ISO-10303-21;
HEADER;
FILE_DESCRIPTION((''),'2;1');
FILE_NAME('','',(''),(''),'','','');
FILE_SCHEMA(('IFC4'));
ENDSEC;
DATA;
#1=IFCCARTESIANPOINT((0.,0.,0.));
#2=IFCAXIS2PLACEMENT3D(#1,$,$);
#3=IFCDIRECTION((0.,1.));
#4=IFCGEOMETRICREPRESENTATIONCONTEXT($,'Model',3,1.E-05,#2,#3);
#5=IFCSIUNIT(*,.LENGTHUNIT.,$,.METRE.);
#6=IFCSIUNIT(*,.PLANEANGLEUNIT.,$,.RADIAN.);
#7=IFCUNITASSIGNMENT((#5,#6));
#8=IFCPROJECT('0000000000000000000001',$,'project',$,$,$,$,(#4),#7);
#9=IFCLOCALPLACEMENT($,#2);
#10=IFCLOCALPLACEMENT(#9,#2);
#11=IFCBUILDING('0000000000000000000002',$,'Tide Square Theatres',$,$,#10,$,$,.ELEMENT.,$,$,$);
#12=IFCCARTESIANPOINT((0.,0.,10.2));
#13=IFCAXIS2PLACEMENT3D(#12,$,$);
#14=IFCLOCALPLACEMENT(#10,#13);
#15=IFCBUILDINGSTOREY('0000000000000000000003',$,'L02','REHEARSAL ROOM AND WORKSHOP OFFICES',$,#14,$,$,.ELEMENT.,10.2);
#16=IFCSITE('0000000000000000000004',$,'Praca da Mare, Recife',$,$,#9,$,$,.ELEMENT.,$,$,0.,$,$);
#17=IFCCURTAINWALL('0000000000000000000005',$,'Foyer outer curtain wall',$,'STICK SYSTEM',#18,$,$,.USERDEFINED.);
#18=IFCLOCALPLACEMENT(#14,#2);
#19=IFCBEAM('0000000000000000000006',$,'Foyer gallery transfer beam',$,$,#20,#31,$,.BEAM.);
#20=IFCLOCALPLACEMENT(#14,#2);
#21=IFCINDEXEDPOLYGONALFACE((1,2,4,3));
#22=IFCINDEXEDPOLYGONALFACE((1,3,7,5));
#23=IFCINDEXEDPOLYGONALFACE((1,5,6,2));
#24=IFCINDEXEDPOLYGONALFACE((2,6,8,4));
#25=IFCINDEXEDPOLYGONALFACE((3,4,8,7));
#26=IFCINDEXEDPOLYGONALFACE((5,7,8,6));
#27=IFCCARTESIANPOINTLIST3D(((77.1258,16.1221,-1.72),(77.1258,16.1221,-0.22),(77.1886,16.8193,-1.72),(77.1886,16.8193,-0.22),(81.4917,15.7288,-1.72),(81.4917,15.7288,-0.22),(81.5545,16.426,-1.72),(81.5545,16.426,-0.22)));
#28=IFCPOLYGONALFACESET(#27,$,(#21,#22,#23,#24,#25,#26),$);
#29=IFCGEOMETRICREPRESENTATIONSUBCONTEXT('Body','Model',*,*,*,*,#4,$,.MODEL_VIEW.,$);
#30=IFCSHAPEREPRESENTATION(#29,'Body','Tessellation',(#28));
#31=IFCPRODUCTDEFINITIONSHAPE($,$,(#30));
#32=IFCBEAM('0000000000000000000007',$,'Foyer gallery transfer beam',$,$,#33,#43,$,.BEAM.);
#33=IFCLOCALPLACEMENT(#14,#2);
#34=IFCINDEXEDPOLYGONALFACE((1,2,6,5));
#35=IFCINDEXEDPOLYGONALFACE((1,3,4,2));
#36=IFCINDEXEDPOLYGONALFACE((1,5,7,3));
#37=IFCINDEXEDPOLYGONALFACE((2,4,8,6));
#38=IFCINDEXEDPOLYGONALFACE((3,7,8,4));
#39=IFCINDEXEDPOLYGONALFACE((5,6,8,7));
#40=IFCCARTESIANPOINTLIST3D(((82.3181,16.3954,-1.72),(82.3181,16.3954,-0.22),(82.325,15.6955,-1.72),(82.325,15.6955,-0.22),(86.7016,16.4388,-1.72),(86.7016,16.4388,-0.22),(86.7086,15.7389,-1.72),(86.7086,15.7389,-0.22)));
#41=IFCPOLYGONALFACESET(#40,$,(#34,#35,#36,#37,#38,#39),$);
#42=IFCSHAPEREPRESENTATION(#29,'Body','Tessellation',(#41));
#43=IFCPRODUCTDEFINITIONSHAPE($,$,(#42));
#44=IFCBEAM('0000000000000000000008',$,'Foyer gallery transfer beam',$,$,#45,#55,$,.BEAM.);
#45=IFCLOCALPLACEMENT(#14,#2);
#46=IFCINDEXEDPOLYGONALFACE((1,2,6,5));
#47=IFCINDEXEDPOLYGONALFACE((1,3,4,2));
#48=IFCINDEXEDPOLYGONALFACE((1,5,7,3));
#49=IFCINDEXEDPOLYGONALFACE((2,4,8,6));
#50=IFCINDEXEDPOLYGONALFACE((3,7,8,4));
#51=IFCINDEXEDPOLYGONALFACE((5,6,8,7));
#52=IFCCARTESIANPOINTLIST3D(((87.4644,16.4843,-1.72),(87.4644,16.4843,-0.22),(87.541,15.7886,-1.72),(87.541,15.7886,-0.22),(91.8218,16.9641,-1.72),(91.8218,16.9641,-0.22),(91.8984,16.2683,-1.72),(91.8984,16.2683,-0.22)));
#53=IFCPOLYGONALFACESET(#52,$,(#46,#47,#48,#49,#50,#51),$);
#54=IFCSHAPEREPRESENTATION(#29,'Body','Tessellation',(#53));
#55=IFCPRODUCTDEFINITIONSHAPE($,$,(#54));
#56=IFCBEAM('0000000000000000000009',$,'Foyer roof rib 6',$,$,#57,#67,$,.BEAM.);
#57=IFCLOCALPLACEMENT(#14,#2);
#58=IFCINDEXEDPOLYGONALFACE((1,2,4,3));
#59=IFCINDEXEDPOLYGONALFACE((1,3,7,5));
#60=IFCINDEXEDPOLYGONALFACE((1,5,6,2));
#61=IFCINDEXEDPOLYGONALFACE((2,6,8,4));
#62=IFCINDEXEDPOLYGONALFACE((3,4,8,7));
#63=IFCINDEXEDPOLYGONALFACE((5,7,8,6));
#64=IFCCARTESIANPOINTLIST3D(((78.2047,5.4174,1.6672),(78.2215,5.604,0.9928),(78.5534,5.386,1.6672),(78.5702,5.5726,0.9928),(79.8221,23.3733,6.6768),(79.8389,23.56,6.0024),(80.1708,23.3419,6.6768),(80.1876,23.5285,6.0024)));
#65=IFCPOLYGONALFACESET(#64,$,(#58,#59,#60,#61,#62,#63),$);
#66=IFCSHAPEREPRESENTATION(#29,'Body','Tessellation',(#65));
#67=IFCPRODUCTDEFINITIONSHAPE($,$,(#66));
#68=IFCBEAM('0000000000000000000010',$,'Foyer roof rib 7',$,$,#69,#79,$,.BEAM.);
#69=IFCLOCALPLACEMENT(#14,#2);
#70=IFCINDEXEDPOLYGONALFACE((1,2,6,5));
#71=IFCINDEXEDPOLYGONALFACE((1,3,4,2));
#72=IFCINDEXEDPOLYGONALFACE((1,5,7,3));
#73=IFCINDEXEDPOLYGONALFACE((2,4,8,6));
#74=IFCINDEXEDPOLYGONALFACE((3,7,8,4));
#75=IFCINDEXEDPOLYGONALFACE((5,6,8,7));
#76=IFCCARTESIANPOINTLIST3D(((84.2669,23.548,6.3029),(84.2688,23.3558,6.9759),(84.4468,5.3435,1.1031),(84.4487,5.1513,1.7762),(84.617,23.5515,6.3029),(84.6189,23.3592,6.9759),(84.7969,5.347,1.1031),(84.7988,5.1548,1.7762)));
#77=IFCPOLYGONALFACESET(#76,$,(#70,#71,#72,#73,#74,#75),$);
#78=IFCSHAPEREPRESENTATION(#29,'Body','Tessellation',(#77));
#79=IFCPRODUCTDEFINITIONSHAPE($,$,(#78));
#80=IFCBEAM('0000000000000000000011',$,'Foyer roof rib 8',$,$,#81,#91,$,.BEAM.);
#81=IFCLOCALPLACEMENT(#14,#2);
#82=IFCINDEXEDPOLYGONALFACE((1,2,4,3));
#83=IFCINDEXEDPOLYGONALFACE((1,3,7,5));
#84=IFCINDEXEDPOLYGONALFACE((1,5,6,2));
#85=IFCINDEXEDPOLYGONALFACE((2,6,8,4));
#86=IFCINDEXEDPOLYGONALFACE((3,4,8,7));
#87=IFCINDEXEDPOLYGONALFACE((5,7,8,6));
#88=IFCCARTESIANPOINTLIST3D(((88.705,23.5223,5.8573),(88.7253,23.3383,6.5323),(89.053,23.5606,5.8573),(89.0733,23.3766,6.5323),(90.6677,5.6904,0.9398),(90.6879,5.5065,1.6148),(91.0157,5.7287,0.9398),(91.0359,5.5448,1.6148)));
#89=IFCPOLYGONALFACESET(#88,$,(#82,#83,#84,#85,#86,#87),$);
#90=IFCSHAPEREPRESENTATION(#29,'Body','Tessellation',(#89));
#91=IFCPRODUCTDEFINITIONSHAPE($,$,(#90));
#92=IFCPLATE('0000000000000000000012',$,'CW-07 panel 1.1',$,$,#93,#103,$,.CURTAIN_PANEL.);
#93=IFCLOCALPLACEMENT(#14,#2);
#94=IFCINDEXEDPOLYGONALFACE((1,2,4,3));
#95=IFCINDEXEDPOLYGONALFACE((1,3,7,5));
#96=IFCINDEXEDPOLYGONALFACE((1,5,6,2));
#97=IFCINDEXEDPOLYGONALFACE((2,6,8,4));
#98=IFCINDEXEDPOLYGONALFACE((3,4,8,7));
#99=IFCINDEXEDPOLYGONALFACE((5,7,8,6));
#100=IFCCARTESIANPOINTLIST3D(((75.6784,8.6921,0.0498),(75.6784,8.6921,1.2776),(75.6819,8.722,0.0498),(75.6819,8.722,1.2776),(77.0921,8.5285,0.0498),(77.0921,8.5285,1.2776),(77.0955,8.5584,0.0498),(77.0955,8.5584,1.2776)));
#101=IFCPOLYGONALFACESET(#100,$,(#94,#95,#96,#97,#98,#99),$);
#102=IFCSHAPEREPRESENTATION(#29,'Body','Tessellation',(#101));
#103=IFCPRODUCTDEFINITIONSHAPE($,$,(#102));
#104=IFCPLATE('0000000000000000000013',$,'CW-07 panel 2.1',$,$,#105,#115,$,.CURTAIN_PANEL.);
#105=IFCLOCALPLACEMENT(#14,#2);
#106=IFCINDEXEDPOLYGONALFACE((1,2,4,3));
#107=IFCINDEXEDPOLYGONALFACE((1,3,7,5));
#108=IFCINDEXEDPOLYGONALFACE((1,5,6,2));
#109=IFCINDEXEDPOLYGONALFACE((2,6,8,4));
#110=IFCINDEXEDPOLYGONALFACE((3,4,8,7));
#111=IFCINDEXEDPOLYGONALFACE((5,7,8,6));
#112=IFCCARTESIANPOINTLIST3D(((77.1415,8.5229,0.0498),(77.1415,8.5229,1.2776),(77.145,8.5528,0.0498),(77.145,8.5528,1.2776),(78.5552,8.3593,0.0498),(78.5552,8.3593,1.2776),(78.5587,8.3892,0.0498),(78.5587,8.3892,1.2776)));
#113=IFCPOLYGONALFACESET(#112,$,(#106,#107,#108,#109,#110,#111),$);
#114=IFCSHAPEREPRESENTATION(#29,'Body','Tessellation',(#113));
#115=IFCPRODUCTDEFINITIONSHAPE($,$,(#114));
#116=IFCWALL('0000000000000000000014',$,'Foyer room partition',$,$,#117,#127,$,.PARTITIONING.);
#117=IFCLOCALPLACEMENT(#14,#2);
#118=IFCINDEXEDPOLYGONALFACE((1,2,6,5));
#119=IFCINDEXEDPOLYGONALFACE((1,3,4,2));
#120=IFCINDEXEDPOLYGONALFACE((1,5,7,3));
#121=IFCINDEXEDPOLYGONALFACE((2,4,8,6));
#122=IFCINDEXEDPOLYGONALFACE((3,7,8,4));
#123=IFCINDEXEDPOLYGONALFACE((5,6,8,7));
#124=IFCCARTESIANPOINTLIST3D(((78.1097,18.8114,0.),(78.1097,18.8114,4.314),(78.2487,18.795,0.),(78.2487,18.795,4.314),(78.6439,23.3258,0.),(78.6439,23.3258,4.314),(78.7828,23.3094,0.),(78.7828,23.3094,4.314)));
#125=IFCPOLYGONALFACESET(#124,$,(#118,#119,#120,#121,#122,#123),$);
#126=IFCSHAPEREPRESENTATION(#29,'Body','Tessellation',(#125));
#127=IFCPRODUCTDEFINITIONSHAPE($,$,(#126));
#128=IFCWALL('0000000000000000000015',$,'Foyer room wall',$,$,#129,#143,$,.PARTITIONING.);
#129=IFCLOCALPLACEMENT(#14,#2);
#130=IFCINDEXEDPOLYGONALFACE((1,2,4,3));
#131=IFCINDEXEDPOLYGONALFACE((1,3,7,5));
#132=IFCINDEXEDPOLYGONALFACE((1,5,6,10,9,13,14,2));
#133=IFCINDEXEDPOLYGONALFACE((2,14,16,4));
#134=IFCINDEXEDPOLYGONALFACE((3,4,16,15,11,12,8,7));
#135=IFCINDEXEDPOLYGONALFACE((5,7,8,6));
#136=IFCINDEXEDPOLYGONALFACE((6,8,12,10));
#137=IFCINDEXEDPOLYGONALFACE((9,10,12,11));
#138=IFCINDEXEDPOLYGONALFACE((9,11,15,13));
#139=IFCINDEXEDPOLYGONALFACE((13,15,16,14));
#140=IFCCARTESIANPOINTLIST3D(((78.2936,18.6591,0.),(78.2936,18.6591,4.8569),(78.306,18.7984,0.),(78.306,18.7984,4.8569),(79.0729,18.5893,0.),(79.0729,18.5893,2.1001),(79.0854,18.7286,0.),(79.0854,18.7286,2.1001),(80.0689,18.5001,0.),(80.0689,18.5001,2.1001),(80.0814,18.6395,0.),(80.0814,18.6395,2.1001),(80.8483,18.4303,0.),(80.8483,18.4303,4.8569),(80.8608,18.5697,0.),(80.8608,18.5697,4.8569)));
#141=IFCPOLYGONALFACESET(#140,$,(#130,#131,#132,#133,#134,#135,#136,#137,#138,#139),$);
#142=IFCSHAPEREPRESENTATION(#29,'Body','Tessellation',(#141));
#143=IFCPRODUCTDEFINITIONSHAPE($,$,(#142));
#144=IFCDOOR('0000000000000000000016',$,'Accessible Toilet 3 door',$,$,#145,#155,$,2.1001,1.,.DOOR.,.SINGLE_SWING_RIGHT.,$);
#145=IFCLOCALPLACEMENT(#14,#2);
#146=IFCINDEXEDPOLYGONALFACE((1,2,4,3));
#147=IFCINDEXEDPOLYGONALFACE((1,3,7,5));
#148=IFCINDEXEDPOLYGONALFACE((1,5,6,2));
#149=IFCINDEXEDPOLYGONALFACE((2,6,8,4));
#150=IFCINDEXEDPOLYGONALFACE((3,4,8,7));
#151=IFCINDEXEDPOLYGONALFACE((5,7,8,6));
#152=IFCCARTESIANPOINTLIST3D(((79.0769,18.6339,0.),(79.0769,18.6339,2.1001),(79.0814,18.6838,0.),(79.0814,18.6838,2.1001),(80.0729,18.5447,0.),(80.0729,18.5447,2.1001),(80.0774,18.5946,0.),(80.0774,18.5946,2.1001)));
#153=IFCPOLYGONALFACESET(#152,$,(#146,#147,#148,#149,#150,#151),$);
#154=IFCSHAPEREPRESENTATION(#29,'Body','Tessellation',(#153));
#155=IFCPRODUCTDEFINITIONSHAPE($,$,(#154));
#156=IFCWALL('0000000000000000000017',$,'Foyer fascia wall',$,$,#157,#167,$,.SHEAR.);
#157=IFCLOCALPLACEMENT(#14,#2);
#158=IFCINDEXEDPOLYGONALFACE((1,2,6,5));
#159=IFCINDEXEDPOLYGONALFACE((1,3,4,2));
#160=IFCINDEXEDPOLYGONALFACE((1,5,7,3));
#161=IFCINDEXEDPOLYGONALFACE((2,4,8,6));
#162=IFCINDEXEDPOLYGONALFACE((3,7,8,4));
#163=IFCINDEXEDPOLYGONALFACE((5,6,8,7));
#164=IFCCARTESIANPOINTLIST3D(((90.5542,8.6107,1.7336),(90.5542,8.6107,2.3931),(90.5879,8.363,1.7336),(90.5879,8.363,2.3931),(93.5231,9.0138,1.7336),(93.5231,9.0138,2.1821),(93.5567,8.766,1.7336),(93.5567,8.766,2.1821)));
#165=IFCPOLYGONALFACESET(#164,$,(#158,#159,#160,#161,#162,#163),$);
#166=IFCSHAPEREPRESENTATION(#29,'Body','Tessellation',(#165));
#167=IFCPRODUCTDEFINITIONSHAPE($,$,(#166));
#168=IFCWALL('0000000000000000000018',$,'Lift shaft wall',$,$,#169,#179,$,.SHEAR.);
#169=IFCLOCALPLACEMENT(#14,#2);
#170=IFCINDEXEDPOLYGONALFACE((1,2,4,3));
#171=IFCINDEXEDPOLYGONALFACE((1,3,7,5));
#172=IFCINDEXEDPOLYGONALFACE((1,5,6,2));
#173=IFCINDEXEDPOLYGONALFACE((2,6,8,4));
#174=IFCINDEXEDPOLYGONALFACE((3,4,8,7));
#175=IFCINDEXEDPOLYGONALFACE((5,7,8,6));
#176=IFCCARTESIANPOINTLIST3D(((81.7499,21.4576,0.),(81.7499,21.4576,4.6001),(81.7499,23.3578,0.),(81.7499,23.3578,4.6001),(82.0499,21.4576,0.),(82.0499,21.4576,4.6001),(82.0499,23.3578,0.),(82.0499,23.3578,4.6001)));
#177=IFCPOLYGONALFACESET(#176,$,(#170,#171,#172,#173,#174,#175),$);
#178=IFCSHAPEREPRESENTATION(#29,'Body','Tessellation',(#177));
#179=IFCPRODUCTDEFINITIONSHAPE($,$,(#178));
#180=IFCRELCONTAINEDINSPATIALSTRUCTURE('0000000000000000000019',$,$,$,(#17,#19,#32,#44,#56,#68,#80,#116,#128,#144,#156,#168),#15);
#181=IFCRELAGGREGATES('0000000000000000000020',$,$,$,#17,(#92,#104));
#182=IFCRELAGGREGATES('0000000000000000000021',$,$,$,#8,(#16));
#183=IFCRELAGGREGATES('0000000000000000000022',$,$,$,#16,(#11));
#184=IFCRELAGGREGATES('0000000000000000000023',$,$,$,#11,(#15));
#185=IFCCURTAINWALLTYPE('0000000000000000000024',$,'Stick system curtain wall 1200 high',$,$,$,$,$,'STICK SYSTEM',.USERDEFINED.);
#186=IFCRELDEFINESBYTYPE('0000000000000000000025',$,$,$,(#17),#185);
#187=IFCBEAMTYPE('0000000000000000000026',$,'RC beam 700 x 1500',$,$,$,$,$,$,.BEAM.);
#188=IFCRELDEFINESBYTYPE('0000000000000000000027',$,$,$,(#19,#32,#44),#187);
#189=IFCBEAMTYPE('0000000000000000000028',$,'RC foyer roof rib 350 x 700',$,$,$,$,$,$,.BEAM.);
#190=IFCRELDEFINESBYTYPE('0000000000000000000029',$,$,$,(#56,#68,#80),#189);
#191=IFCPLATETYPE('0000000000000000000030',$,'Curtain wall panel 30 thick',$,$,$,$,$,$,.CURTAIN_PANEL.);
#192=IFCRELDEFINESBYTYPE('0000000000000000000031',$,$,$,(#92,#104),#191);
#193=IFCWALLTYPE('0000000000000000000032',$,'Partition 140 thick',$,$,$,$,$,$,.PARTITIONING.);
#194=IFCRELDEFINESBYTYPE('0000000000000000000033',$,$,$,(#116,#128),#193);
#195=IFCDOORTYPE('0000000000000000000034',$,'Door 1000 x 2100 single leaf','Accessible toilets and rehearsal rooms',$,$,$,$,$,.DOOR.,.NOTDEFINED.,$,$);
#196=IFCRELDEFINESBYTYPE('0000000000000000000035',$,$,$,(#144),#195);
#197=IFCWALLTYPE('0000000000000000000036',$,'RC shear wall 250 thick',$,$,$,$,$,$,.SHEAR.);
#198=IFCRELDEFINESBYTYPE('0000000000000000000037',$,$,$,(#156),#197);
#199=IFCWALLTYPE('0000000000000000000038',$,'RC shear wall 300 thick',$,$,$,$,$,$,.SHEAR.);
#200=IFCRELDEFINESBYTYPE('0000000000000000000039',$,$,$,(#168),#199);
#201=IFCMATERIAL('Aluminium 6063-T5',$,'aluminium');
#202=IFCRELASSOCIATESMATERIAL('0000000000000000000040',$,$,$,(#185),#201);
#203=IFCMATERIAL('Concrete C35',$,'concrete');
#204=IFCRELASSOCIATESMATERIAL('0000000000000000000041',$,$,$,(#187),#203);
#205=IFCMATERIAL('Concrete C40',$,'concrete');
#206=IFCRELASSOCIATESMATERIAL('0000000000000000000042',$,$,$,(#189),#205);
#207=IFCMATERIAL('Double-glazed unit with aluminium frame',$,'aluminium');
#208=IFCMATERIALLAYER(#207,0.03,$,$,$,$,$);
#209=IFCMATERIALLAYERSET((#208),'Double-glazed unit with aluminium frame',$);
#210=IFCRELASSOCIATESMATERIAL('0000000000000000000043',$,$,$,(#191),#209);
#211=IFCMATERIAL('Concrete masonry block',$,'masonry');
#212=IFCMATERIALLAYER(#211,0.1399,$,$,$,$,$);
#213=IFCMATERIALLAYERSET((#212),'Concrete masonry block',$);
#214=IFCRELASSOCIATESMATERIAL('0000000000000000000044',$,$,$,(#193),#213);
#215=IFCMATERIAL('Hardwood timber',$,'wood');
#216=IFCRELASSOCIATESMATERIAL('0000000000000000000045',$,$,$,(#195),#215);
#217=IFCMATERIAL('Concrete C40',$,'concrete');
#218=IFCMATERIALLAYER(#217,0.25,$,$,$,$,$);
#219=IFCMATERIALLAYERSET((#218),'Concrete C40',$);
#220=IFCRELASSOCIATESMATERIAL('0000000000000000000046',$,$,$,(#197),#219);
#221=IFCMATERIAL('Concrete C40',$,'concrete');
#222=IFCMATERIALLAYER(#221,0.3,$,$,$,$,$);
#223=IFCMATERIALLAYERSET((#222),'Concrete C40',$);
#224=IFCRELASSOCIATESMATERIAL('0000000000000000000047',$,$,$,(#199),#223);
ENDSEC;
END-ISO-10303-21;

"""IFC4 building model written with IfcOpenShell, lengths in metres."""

from ifc_helpers import new_model, si_unit, direction, frame, frame_2d, origin, origin_2d, place, context, subcontext, project, spatial, polyline, rectangle, outline, extrude, material, layer, layer_set, material_profile, profile_set, type_object, element, fill, aggregate, save


model = new_model("IFC4")

# Units and contexts
model_context = context("Model", 3, precision=1e-05, world=origin(), true_north=direction((0.0, 1.0)))
body_context = subcontext(model_context, "Body", "Model", "MODEL_VIEW")
ifc_project = project(units=[si_unit("LENGTHUNIT", "METRE"), si_unit("PLANEANGLEUNIT", "RADIAN")], contexts=[model_context])

# Site, building, storey
site_placement = place(None, origin())
site = spatial("IfcSite", under=ifc_project, at=site_placement, Name="Praca da Mare, Recife", CompositionType="ELEMENT", RefElevation=0.0)
building_placement = place(site_placement, origin())
building = spatial("IfcBuilding", under=site, at=building_placement, Name="Tide Square Theatres", CompositionType="ELEMENT")
storey_placement = place(building_placement, frame((0.0, 0.0, 10.2)))
storey = spatial("IfcBuildingStorey", under=building, at=storey_placement, Name="L02", Description="REHEARSAL ROOM AND WORKSHOP OFFICES", CompositionType="ELEMENT", Elevation=10.2)

# Curtain wall
ifc_material_1 = material(Name="Aluminium 6063-T5", Category="aluminium")
curtain_wall_type = type_object("IfcCurtainWallType", Name="Stick system curtain wall 1200 high", ElementType="STICK SYSTEM", PredefinedType="USERDEFINED", material=ifc_material_1)
curtain_wall_1_placement = place(storey_placement, origin())
curtain_wall_1 = element("IfcCurtainWall", 1, at=curtain_wall_1_placement, inside=storey, type_object=curtain_wall_type, Name="Foyer outer curtain wall", ObjectType="STICK SYSTEM", PredefinedType="USERDEFINED")

# Beams
ifc_material_2 = material(Name="Concrete C35", Category="concrete")
ifc_material_profile_1 = material_profile(ifc_material_2, rectangle(XDim=0.7, YDim=1.5, at=origin_2d()))
ifc_profile_set_1 = profile_set([ifc_material_profile_1], Name="Concrete C35")
beam_type_1 = type_object("IfcBeamType", Name="RC beam 700 x 1500", PredefinedType="BEAM", material=ifc_profile_set_1)
beam_1_placement = place(storey_placement, frame((77.1572, 16.4707, -0.97), z_axis=(0.995967, -0.089722, 0.0), x_axis=(0.089722, 0.995967, 0.0)))
element("IfcBeam", 2, at=beam_1_placement, inside=storey, type_object=beam_type_1, Name="Foyer gallery transfer beam", PredefinedType="BEAM", context=body_context, shape_type="SweptSolid", body=[
    extrude(rectangle(XDim=0.7, YDim=1.5, at=origin_2d()), origin(), (0.0, 0.0, 1.0), 4.3835),
])
for number, where, z_axis, x_axis, name in (
    (3, (82.3215, 16.0454, -0.97), (0.999951, 0.009913, 0.0), (-0.009913, 0.999951, 0.0), "Foyer gallery transfer beam"),
    (4, (87.5027, 16.1365, -0.97), (0.993994, 0.109435, 0.0), (-0.109435, 0.993994, 0.0), "Foyer gallery transfer beam"),
):
    element("IfcBeam", number, at=place(storey_placement, frame(where, z_axis=z_axis, x_axis=x_axis)), inside=storey, type_object=beam_type_1, Name=name, PredefinedType="BEAM", context=body_context, shape_type="SweptSolid", body=[
        extrude(rectangle(XDim=0.7, YDim=1.5, at=origin_2d()), origin(), (0.0, 0.0, 1.0), 4.3838),
    ])
ifc_material_3 = material(Name="Concrete C40", Category="concrete")
ifc_material_profile_2 = material_profile(ifc_material_3, rectangle(XDim=0.3501, YDim=0.7, at=origin_2d()))
ifc_profile_set_2 = profile_set([ifc_material_profile_2], Name="Concrete C40")
beam_type_2 = type_object("IfcBeamType", Name="RC foyer roof rib 350 x 700", PredefinedType="BEAM", material=ifc_profile_set_2)
beam_2_placement = place(storey_placement, frame((80.0049, 23.4509, 6.3396), z_axis=(-0.08644, -0.95961, -0.267723), x_axis=(0.995967, -0.089715, 0.0)))
element("IfcBeam", 5, at=beam_2_placement, inside=storey, type_object=beam_type_2, Name="Foyer roof rib 6", PredefinedType="BEAM", context=body_context, shape_type="SweptSolid", body=[
    extrude(rectangle(XDim=0.3501, YDim=0.7, at=origin_2d()), origin(), (0.0, 0.0, 1.0), 18.7117),
])
beam_3_placement = place(storey_placement, frame((84.4429, 23.4536, 6.6394), z_axis=(0.009503, -0.961502, -0.274634), x_axis=(0.999951, 0.009884, 0.0)))
element("IfcBeam", 6, at=beam_3_placement, inside=storey, type_object=beam_type_2, Name="Foyer roof rib 7", PredefinedType="BEAM", context=body_context, shape_type="SweptSolid", body=[
    extrude(rectangle(XDim=0.3501, YDim=0.7, at=origin_2d()), origin(), (0.0, 0.0, 1.0), 18.9333),
])
beam_4_placement = place(storey_placement, frame((88.8892, 23.4495, 6.1948), z_axis=(0.105512, -0.958634, -0.264363), x_axis=(0.993997, 0.109404, 0.0)))
element("IfcBeam", 7, at=beam_4_placement, inside=storey, type_object=beam_type_2, Name="Foyer roof rib 8", PredefinedType="BEAM", context=body_context, shape_type="SweptSolid", body=[
    extrude(rectangle(XDim=0.3501, YDim=0.7, at=origin_2d()), origin(), (0.0, 0.0, 1.0), 18.6013),
])

# Plates
ifc_material_4 = material(Name="Double-glazed unit with aluminium frame", Category="aluminium")
ifc_layer_1 = layer(ifc_material_4, 0.03)
ifc_layer_set_1 = layer_set([ifc_layer_1], Name="Double-glazed unit with aluminium frame")
plate_type = type_object("IfcPlateType", Name="Curtain wall panel 30 thick", PredefinedType="CURTAIN_PANEL", material=ifc_layer_set_1)
plate_1_placement = place(storey_placement, frame((76.387, 8.6252, 0.0498), z_axis=(0.0, 0.0, 1.0), x_axis=(0.993371, -0.114955, 0.0)))
plate_1 = element("IfcPlate", 8, at=plate_1_placement, type_object=plate_type, Name="CW-07 panel 1.1", PredefinedType="CURTAIN_PANEL", context=body_context, shape_type="SweptSolid", body=[
    extrude(rectangle(XDim=1.4231, YDim=0.03, at=origin_2d()), origin(), (0.0, 0.0, 1.0), 1.2278),
])
plate_2_placement = place(storey_placement, frame((77.8501, 8.4561, 0.0498), z_axis=(0.0, 0.0, 1.0), x_axis=(0.993371, -0.114955, 0.0)))
plate_2 = element("IfcPlate", 9, at=plate_2_placement, type_object=plate_type, Name="CW-07 panel 2.1", PredefinedType="CURTAIN_PANEL", context=body_context, shape_type="SweptSolid", body=[
    extrude(rectangle(XDim=1.4231, YDim=0.03, at=origin_2d()), origin(), (0.0, 0.0, 1.0), 1.2278),
])
aggregate(curtain_wall_1, [plate_1, plate_2])

# Wall
ifc_material_5 = material(Name="Concrete masonry block", Category="masonry")
ifc_layer_2 = layer(ifc_material_5, 0.1399)
ifc_layer_set_2 = layer_set([ifc_layer_2], Name="Concrete masonry block")
wall_type_1 = type_object("IfcWallType", Name="Partition 140 thick", PredefinedType="PARTITIONING", material=ifc_layer_set_2)
wall_1_placement = place(storey_placement, frame((78.7134, 23.3176, 0.0), z_axis=(0.0, 0.0, 1.0), x_axis=(-0.117508, -0.993072, 0.0)))
element("IfcWall", 10, at=wall_1_placement, inside=storey, type_object=wall_type_1, Name="Foyer room partition", PredefinedType="PARTITIONING", context=body_context, shape_type="SweptSolid", body=[
    extrude(rectangle(XDim=4.5459, YDim=0.1399, at=frame_2d((2.2729, 0.0))), origin(), (0.0, 0.0, 1.0), 4.314),
])

# Wall, opening, door
wall_2_placement = place(storey_placement, frame((78.2998, 18.7288, 0.0), z_axis=(0.0, 0.0, 1.0), x_axis=(0.996015, -0.089188, 0.0)))
wall_2 = element("IfcWall", 11, at=wall_2_placement, inside=storey, type_object=wall_type_1, Name="Foyer room wall", PredefinedType="PARTITIONING", context=body_context, shape_type="SweptSolid", body=[
    extrude(rectangle(XDim=2.5649, YDim=0.1399, at=frame_2d((1.2825, 0.0))), origin(), (0.0, 0.0, 1.0), 4.8569),
])
opening_1_placement = place(wall_2_placement, frame((0.7825, 0.0, 0.0)))
opening_1 = element("IfcOpeningElement", 12, at=opening_1_placement, cuts=wall_2, PredefinedType="OPENING", context=body_context, shape_type="SweptSolid", body=[
    extrude(rectangle(XDim=1.0, YDim=2.1001, at=frame_2d((0.5, 1.05))), frame((0.0, 0.0798, 0.0), z_axis=(0.0, -1.0, 0.0), x_axis=(1.0, 0.0, 0.0)), (0.0, 0.0, 1.0), 0.1599),
])
ifc_material_6 = material(Name="Hardwood timber", Category="wood")
door_type_1 = type_object("IfcDoorType", Name="Door 1000 x 2100 single leaf", Description="Accessible toilets and rehearsal rooms", OperationType="NOTDEFINED", PredefinedType="DOOR", material=ifc_material_6)
door_1_placement = place(opening_1_placement, origin())
door_1 = element("IfcDoor", 13, at=door_1_placement, inside=storey, type_object=door_type_1, Name="Accessible Toilet 3 door", OperationType="SINGLE_SWING_RIGHT", OverallHeight=2.1001, OverallWidth=1.0, PredefinedType="DOOR", context=body_context, shape_type="SweptSolid", body=[
    extrude(rectangle(XDim=1.0, YDim=2.1001, at=frame_2d((0.5, 1.05))), frame((0.0, 0.0249, 0.0), z_axis=(0.0, -1.0, 0.0), x_axis=(1.0, 0.0, 0.0)), (0.0, 0.0, 1.0), 0.05),
])
fill(opening_1, door_1)

# Walls
ifc_material_7 = material(Name="Concrete C40", Category="concrete")
ifc_layer_3 = layer(ifc_material_7, 0.25)
ifc_layer_set_3 = layer_set([ifc_layer_3], Name="Concrete C40")
wall_type_2 = type_object("IfcWallType", Name="RC shear wall 250 thick", PredefinedType="SHEAR", material=ifc_layer_set_3)
wall_3_placement = place(storey_placement, frame((90.571, 8.4868, 1.7336), z_axis=(0.0, 0.0, 1.0), x_axis=(0.990908, 0.134539, 0.0)))
element("IfcWall", 14, at=wall_3_placement, inside=storey, type_object=wall_type_2, Name="Foyer fascia wall", PredefinedType="SHEAR", context=body_context, shape_type="SweptSolid", body=[
    extrude(outline(polyline([(0.0, 0.0), (2.9961, 0.0), (2.9961, 0.4485), (0.0, 0.6594), (0.0, 0.0)])), frame((0.0, 0.125, 0.0), z_axis=(0.0, -1.0, 0.0), x_axis=(1.0, 0.0, 0.0)), (0.0, 0.0, 1.0), 0.25),
])
ifc_material_8 = material(Name="Concrete C40", Category="concrete")
ifc_layer_4 = layer(ifc_material_8, 0.3)
ifc_layer_set_4 = layer_set([ifc_layer_4], Name="Concrete C40")
wall_type_3 = type_object("IfcWallType", Name="RC shear wall 300 thick", PredefinedType="SHEAR", material=ifc_layer_set_4)
for number, where, z_axis, x_axis, name in (
    (15, (81.8999, 21.4575, 0.0), (0.0, 0.0, 1.0), (0.0, 1.0, 0.0), "Lift shaft wall"),
):
    element("IfcWall", number, at=place(storey_placement, frame(where, z_axis=z_axis, x_axis=x_axis)), inside=storey, type_object=wall_type_3, Name=name, PredefinedType="SHEAR", context=body_context, shape_type="SweptSolid", body=[
        extrude(rectangle(XDim=1.9001, YDim=0.3, at=frame_2d((0.9502, 0.0))), origin(), (0.0, 0.0, 1.0), 4.6001),
    ])

save(model, "model.ifc")
